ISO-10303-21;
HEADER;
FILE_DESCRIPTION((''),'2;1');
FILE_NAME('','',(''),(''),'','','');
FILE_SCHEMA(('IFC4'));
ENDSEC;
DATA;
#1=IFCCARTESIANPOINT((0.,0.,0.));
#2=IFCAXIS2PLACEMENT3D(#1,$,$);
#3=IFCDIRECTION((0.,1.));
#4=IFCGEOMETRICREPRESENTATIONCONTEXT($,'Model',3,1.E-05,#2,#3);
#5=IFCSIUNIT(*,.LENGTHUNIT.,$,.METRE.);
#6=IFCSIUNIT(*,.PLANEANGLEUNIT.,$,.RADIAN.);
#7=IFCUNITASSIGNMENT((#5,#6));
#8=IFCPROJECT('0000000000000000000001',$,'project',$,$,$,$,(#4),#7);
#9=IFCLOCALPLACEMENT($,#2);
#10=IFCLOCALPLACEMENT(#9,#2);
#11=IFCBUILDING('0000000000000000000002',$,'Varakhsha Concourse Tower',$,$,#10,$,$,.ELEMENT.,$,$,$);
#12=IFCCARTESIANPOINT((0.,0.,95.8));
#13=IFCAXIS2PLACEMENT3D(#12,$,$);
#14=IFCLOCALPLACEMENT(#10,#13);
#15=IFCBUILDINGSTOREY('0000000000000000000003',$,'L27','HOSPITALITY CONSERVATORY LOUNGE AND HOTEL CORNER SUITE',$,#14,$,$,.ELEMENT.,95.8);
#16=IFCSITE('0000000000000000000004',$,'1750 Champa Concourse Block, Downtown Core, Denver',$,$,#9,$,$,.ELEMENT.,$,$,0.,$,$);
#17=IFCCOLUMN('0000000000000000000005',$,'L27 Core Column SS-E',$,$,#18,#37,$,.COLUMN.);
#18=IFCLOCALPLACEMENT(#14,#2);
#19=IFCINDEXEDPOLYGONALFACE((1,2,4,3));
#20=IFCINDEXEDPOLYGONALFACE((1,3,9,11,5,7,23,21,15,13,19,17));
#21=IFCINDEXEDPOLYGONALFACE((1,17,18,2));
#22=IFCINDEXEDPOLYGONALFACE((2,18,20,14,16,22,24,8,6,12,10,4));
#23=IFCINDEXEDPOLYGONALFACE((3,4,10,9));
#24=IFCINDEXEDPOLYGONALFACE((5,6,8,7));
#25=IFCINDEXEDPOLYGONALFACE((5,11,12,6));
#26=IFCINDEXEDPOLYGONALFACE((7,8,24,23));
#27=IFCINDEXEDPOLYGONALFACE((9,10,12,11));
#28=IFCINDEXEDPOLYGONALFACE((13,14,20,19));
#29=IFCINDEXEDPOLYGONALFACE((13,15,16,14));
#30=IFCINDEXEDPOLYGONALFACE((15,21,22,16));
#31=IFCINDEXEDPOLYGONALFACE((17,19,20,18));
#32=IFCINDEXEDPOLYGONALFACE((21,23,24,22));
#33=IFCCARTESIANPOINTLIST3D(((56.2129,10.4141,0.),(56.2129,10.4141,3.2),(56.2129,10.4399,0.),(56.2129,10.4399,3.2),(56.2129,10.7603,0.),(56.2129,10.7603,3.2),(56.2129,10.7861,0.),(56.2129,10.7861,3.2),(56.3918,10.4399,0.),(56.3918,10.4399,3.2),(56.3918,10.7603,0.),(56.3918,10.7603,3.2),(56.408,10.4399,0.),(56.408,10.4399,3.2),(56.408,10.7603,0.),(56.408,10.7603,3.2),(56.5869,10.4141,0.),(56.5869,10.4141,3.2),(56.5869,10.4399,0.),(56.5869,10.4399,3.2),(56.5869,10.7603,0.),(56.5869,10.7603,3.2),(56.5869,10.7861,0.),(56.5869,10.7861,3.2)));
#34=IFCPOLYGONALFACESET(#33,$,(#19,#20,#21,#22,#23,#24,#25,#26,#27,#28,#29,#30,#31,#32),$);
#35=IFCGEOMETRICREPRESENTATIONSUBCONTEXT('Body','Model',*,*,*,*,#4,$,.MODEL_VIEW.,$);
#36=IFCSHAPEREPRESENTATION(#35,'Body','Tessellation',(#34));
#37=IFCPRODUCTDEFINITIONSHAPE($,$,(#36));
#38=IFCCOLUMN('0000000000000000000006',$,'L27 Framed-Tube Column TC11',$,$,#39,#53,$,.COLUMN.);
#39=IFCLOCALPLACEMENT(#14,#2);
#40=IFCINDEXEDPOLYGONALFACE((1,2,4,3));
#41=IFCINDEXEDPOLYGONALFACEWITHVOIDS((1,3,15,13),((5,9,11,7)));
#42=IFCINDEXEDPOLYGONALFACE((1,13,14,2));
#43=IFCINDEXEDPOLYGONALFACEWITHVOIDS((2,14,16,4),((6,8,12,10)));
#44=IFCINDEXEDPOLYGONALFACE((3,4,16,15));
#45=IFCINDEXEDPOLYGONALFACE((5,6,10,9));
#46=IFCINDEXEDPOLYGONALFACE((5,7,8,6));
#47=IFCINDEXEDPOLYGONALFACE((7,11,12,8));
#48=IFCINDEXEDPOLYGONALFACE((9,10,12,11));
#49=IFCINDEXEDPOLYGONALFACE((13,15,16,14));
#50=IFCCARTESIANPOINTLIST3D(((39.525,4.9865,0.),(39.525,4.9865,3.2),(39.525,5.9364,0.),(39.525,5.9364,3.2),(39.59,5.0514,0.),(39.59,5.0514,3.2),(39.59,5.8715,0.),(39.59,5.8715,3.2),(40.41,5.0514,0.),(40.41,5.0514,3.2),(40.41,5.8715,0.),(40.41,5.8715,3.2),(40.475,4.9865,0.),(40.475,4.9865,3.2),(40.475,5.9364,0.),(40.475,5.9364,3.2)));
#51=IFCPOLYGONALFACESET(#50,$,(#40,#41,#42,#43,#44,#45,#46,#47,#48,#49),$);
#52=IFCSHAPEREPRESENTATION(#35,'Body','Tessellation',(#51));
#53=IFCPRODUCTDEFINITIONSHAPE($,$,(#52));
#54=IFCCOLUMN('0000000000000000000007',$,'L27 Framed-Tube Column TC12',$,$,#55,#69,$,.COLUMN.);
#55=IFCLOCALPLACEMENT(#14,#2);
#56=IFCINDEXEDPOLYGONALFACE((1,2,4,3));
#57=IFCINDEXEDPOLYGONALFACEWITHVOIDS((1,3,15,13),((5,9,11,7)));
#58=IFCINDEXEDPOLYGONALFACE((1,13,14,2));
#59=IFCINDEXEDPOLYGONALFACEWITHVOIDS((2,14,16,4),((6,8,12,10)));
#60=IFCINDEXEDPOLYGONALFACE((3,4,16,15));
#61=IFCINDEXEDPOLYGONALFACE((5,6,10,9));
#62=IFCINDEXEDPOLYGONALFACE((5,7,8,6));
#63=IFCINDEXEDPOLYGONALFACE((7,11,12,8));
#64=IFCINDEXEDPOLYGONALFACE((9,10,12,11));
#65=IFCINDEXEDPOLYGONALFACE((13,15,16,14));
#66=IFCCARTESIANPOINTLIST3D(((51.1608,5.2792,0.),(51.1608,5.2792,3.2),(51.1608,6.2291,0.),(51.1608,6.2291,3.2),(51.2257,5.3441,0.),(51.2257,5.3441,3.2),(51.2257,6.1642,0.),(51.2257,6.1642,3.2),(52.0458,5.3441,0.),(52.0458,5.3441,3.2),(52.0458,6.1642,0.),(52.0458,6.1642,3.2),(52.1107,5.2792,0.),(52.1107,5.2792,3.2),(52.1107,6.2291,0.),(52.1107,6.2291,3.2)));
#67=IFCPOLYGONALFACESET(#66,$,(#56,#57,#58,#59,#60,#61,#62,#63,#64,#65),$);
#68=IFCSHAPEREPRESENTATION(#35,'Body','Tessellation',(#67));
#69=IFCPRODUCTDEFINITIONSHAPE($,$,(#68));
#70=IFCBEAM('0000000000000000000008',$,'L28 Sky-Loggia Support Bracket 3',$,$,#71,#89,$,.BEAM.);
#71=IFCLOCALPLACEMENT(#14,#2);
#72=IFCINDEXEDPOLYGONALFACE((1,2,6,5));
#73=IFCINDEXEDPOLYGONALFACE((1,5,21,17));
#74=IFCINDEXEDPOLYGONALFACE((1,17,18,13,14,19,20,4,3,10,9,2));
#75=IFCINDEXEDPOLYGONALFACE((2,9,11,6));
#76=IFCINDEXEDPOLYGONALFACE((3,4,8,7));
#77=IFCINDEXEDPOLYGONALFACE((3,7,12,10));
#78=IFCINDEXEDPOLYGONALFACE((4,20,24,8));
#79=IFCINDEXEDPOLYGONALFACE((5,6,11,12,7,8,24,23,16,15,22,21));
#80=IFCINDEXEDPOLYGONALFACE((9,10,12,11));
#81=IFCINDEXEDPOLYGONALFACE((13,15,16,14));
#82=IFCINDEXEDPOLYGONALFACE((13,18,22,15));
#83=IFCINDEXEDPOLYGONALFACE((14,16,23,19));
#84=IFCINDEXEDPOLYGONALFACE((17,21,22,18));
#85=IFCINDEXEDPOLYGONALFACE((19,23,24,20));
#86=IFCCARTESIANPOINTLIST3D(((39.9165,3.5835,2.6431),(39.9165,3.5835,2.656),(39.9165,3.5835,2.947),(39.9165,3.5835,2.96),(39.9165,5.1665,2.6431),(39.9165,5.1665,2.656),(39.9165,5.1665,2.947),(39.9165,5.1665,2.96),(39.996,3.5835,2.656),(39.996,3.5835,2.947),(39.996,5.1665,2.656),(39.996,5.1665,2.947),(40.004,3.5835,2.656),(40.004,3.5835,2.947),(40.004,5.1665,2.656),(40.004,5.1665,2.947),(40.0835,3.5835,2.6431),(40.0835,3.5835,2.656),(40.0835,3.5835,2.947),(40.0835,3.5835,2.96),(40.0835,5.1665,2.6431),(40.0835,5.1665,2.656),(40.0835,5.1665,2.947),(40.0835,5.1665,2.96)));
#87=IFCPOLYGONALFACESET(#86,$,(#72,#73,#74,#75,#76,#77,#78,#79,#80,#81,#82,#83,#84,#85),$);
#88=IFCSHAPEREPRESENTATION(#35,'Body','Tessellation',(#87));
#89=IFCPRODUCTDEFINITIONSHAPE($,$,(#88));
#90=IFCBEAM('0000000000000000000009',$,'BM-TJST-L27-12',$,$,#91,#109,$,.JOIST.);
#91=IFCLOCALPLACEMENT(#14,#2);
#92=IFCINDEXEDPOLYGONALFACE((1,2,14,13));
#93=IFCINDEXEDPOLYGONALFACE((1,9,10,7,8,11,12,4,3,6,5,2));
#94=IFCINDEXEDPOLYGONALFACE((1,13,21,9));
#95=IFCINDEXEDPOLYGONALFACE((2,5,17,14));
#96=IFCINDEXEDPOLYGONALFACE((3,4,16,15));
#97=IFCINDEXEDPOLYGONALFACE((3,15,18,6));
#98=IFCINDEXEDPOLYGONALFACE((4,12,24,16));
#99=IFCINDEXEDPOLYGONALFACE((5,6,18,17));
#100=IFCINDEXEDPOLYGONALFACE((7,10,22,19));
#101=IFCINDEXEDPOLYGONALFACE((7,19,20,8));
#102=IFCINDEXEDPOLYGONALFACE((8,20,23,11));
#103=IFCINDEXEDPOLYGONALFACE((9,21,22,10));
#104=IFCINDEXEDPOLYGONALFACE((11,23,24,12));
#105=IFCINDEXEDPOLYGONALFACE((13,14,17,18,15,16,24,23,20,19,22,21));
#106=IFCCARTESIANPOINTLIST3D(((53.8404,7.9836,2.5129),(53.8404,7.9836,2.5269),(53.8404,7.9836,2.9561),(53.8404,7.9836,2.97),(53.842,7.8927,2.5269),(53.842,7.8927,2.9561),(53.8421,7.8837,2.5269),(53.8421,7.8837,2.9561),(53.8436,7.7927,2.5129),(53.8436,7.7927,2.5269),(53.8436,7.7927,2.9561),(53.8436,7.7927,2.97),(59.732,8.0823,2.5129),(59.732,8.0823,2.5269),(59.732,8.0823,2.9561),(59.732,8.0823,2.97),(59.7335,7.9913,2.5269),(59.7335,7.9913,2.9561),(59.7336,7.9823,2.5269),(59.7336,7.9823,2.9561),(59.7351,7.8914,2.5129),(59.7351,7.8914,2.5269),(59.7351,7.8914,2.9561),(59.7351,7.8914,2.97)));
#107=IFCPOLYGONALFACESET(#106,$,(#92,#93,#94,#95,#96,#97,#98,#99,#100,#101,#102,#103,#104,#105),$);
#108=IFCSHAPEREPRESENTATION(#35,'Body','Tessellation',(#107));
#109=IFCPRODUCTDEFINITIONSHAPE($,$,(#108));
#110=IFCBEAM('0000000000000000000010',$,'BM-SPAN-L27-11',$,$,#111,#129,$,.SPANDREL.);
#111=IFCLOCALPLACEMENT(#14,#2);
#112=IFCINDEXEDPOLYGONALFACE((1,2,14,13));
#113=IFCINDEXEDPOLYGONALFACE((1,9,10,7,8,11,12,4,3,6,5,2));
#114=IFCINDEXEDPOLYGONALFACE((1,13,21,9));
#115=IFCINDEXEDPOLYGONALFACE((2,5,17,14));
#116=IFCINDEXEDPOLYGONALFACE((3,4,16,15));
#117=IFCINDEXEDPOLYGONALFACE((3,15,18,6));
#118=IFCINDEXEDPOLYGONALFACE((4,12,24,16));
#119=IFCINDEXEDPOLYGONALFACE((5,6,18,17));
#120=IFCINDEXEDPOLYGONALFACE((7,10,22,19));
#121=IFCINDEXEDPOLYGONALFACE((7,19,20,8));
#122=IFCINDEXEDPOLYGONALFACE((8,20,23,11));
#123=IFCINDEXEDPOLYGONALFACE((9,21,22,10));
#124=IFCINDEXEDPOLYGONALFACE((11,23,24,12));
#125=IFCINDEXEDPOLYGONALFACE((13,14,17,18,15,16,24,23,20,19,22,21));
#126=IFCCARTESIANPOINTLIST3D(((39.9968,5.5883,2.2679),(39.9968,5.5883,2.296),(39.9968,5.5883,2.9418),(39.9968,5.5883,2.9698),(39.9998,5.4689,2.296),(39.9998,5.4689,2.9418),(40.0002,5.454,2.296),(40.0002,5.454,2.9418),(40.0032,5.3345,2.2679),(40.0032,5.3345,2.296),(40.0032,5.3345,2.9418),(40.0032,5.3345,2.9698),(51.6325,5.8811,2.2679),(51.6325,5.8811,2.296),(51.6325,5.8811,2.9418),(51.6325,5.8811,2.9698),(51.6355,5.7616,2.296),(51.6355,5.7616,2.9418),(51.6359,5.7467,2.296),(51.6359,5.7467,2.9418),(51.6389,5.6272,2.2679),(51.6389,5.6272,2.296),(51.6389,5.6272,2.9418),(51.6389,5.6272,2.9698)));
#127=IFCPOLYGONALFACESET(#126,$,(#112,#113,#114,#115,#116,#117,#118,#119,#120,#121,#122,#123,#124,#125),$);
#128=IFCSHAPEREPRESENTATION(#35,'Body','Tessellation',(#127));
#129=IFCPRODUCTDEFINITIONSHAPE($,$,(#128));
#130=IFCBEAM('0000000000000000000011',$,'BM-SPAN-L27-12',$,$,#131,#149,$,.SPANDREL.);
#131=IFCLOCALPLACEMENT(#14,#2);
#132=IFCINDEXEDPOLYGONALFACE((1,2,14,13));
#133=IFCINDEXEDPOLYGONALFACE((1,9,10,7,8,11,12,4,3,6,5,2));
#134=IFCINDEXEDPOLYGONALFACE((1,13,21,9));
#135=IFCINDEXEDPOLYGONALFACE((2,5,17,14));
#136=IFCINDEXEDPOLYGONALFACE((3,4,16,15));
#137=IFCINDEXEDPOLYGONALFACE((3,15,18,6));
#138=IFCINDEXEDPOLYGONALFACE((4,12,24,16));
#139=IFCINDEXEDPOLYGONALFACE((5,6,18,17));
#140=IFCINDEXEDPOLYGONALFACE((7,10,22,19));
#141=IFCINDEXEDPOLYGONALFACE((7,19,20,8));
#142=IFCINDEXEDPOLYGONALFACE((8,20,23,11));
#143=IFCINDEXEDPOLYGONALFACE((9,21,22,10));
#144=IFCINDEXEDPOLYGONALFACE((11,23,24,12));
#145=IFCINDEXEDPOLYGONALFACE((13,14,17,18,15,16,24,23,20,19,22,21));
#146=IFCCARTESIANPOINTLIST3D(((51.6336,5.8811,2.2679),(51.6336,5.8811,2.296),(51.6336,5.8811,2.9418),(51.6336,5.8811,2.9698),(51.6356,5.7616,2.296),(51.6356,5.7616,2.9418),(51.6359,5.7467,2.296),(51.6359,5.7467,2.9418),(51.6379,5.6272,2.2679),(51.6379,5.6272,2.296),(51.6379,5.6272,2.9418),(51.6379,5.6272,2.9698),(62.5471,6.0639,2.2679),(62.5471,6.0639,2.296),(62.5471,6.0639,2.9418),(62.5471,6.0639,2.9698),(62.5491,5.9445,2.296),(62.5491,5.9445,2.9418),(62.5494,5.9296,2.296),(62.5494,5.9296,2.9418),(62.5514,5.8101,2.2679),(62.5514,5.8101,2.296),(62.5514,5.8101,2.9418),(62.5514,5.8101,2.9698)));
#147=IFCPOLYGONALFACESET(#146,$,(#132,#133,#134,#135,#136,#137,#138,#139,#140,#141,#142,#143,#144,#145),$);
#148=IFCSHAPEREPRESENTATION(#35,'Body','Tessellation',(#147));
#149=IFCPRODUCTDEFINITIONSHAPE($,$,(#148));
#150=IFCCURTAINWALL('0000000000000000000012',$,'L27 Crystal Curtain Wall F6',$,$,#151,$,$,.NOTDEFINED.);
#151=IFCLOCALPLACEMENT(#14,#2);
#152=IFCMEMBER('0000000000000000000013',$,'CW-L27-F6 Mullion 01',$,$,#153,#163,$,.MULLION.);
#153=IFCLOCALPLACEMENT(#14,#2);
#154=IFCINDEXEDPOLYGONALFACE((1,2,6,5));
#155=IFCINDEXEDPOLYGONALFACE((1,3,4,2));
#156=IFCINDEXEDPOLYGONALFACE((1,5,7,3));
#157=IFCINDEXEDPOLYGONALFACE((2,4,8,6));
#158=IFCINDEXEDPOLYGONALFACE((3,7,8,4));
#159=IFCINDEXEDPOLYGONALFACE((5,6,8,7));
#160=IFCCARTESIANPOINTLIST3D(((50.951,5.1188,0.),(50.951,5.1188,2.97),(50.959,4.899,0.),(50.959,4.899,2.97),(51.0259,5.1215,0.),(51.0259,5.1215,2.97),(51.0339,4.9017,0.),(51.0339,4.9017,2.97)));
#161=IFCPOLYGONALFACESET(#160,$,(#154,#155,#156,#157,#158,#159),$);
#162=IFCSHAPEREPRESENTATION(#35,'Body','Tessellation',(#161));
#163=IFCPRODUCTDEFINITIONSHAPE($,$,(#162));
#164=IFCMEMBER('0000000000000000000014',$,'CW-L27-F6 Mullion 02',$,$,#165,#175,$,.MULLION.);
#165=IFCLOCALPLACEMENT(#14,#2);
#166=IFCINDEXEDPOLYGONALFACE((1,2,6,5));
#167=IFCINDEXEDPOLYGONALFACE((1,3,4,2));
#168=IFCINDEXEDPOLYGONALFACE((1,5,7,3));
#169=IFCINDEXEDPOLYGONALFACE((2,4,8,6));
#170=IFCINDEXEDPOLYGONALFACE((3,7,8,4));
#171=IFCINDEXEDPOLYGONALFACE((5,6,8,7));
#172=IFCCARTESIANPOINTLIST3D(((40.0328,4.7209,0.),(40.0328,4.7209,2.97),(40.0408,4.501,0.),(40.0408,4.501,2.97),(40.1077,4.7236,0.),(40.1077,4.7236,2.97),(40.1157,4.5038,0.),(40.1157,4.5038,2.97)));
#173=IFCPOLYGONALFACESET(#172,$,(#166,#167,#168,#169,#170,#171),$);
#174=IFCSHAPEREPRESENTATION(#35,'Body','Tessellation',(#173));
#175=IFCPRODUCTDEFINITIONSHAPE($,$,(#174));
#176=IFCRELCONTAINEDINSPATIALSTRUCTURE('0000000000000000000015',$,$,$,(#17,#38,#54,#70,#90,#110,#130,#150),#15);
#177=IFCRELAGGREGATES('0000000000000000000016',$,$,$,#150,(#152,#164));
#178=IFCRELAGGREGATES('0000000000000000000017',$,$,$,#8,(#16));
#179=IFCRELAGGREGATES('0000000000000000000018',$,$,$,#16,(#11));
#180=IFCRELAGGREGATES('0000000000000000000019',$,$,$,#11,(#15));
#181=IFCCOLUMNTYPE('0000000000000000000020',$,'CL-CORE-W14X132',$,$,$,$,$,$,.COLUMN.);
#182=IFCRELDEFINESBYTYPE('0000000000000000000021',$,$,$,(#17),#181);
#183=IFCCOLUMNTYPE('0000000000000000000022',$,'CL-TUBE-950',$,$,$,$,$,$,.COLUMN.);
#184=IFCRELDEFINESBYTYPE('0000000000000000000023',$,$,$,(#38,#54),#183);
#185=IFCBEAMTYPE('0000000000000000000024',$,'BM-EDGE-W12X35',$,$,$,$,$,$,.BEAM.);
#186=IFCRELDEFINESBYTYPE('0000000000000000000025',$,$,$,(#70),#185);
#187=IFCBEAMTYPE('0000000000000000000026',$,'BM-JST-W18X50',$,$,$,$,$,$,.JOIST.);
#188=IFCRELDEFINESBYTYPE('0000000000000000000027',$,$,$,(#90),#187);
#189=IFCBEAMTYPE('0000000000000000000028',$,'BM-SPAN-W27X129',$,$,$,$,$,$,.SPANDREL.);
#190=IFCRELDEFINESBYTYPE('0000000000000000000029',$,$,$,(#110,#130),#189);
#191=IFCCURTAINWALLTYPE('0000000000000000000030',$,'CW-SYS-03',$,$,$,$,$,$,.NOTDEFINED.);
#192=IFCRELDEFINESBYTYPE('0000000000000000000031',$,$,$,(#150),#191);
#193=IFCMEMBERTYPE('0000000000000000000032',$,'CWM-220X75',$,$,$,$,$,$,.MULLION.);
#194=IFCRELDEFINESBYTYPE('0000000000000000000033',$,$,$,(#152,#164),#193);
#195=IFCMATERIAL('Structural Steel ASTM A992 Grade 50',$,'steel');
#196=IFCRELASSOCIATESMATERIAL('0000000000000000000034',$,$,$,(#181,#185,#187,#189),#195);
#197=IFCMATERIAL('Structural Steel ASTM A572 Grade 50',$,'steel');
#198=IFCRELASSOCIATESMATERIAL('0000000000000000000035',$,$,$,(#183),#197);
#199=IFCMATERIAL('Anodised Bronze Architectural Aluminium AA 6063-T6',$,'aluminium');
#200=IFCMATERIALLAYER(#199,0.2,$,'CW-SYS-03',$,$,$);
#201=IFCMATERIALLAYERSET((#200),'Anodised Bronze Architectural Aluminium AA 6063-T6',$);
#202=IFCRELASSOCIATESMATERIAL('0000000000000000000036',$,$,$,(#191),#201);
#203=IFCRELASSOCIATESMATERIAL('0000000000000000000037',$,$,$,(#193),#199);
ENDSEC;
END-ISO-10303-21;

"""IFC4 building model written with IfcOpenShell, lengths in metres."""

from ifc_helpers import new_model, si_unit, direction, frame, origin, origin_2d, place, context, subcontext, project, spatial, rectangle, hollow_rectangle, i_section, extrude, source, transform, mapped, material, layer, layer_set, material_profile, profile_set, type_object, type_shapes, element, aggregate, save


model = new_model("IFC4")

# Units and contexts
model_context = context("Model", 3, precision=1e-05, world=origin(), true_north=direction((0.0, 1.0)))
body_context = subcontext(model_context, "Body", "Model", "MODEL_VIEW")
ifc_project = project(units=[si_unit("LENGTHUNIT", "METRE"), si_unit("PLANEANGLEUNIT", "RADIAN")], contexts=[model_context])

# Site, building, storey
site_placement = place(None, origin())
site = spatial("IfcSite", under=ifc_project, at=site_placement, Name="1750 Champa Concourse Block, Downtown Core, Denver", CompositionType="ELEMENT", RefElevation=0.0)
building_placement = place(site_placement, origin())
building = spatial("IfcBuilding", under=site, at=building_placement, Name="Varakhsha Concourse Tower", CompositionType="ELEMENT")
storey_placement = place(building_placement, frame((0.0, 0.0, 95.8)))
storey = spatial("IfcBuildingStorey", under=building, at=storey_placement, Name="L27", Description="HOSPITALITY CONSERVATORY LOUNGE AND HOTEL CORNER SUITE", CompositionType="ELEMENT", Elevation=95.8)

# Columns
ifc_material_1 = material(Name="Structural Steel ASTM A992 Grade 50", Category="steel")
ifc_material_profile_1 = material_profile(ifc_material_1, i_section(OverallWidth=0.374, OverallDepth=0.3721, WebThickness=0.0161, FlangeThickness=0.0259, at=origin_2d()), Name="W14X132")
ifc_profile_set_1 = profile_set([ifc_material_profile_1], Name="Structural Steel ASTM A992 Grade 50")
column_type_1 = type_object("IfcColumnType", Name="CL-CORE-W14X132", PredefinedType="COLUMN", material=ifc_profile_set_1)
column_placement = place(storey_placement, frame((56.3999, 10.6001, 0.0), z_axis=(0.0, 0.0, 1.0), x_axis=(1.0, 0.0, 0.0)))
element("IfcColumn", 1, at=column_placement, inside=storey, type_object=column_type_1, Name="L27 Core Column SS-E", PredefinedType="COLUMN", context=body_context, shape_type="SweptSolid", body=[
    extrude(i_section(OverallWidth=0.374, OverallDepth=0.3721, WebThickness=0.0161, FlangeThickness=0.0259, at=origin_2d()), origin(), (0.0, 0.0, 1.0), 3.2),
])
ifc_material_2 = material(Name="Structural Steel ASTM A572 Grade 50", Category="steel")
ifc_material_profile_2 = material_profile(ifc_material_2, hollow_rectangle(XDim=0.95, YDim=0.95, WallThickness=0.0649, at=origin_2d()), Name="BOX 950x950x65")
ifc_profile_set_2 = profile_set([ifc_material_profile_2], Name="Structural Steel ASTM A572 Grade 50")
column_type_2 = type_object("IfcColumnType", Name="CL-TUBE-950", PredefinedType="COLUMN", material=ifc_profile_set_2)
for number, where, z_axis, x_axis, name in (
    (2, (40.0, 5.4614, 0.0), (0.0, 0.0, 1.0), (1.0, 0.0, 0.0), "L27 Framed-Tube Column TC11"),
    (3, (51.6357, 5.7542, 0.0), (0.0, 0.0, 1.0), (1.0, 0.0, 0.0), "L27 Framed-Tube Column TC12"),
):
    element("IfcColumn", number, at=place(storey_placement, frame(where, z_axis=z_axis, x_axis=x_axis)), inside=storey, type_object=column_type_2, Name=name, PredefinedType="COLUMN", context=body_context, shape_type="SweptSolid", body=[
        extrude(hollow_rectangle(XDim=0.95, YDim=0.95, WallThickness=0.0649, at=origin_2d()), origin(), (0.0, 0.0, 1.0), 3.2),
    ])

# Beams
ifc_material_profile_3 = material_profile(ifc_material_1, i_section(OverallWidth=0.167, OverallDepth=0.3169, WebThickness=0.0081, FlangeThickness=0.0129, at=origin_2d()), Name="W12X35")
ifc_profile_set_3 = profile_set([ifc_material_profile_3], Name="Structural Steel ASTM A992 Grade 50")
beam_type_1 = type_object("IfcBeamType", Name="BM-EDGE-W12X35", PredefinedType="BEAM", material=ifc_profile_set_3)
beam_1_placement = place(storey_placement, frame((40.0, 5.1665, 2.8015), z_axis=(0.0, -1.0, 0.0), x_axis=(1.0, 0.0, 0.0)))
element("IfcBeam", 4, at=beam_1_placement, inside=storey, type_object=beam_type_1, Name="L28 Sky-Loggia Support Bracket 3", PredefinedType="BEAM", context=body_context, shape_type="SweptSolid", body=[
    extrude(i_section(OverallWidth=0.167, OverallDepth=0.3169, WebThickness=0.0081, FlangeThickness=0.0129, at=origin_2d()), origin(), (0.0, 0.0, 1.0), 1.583),
])
ifc_material_profile_4 = material_profile(ifc_material_1, i_section(OverallWidth=0.1909, OverallDepth=0.457, WebThickness=0.009, FlangeThickness=0.0139, at=origin_2d()), Name="W18X50")
ifc_profile_set_4 = profile_set([ifc_material_profile_4], Name="Structural Steel ASTM A992 Grade 50")
beam_type_2 = type_object("IfcBeamType", Name="BM-JST-W18X50", PredefinedType="JOIST", material=ifc_profile_set_4)
beam_2_placement = place(storey_placement, frame((53.842, 7.8882, 2.7415), z_axis=(0.99986, 0.016739, 0.0), x_axis=(-0.016739, 0.99986, 0.0)))
element("IfcBeam", 5, at=beam_2_placement, inside=storey, type_object=beam_type_2, Name="BM-TJST-L27-12", PredefinedType="JOIST", context=body_context, shape_type="SweptSolid", body=[
    extrude(i_section(OverallWidth=0.1909, OverallDepth=0.457, WebThickness=0.009, FlangeThickness=0.0139, at=origin_2d()), origin(), (0.0, 0.0, 1.0), 5.8923),
])
ifc_material_profile_5 = material_profile(ifc_material_1, i_section(OverallWidth=0.2539, OverallDepth=0.7019, WebThickness=0.0149, FlangeThickness=0.0281, at=origin_2d()), Name="W27X129")
ifc_profile_set_5 = profile_set([ifc_material_profile_5], Name="Structural Steel ASTM A992 Grade 50")
beam_type_3 = type_object("IfcBeamType", Name="BM-SPAN-W27X129", PredefinedType="SPANDREL", material=ifc_profile_set_5)
beam_3_placement = place(storey_placement, frame((40.0, 5.4614, 2.6189), z_axis=(0.999684, 0.025149, 0.0), x_axis=(-0.025149, 0.999684, 0.0)))
element("IfcBeam", 6, at=beam_3_placement, inside=storey, type_object=beam_type_3, Name="BM-SPAN-L27-11", PredefinedType="SPANDREL", context=body_context, shape_type="SweptSolid", body=[
    extrude(i_section(OverallWidth=0.2539, OverallDepth=0.7019, WebThickness=0.0149, FlangeThickness=0.0281, at=origin_2d()), origin(), (0.0, 0.0, 1.0), 11.6394),
])
beam_4_placement = place(storey_placement, frame((51.6357, 5.7542, 2.6189), z_axis=(0.99986, 0.016753, 0.0), x_axis=(-0.016753, 0.99986, 0.0)))
element("IfcBeam", 7, at=beam_4_placement, inside=storey, type_object=beam_type_3, Name="BM-SPAN-L27-12", PredefinedType="SPANDREL", context=body_context, shape_type="SweptSolid", body=[
    extrude(i_section(OverallWidth=0.2539, OverallDepth=0.7019, WebThickness=0.0149, FlangeThickness=0.0281, at=origin_2d()), origin(), (0.0, 0.0, 1.0), 10.915),
])

# Curtain wall, members
ifc_material_3 = material(Name="Anodised Bronze Architectural Aluminium AA 6063-T6", Category="aluminium")
ifc_layer_1 = layer(ifc_material_3, 0.2, Name="CW-SYS-03")
ifc_layer_set_1 = layer_set([ifc_layer_1], Name="Anodised Bronze Architectural Aluminium AA 6063-T6")
curtain_wall_type = type_object("IfcCurtainWallType", Name="CW-SYS-03", PredefinedType="NOTDEFINED", material=ifc_layer_set_1)
curtain_wall_placement = place(storey_placement, origin())
curtain_wall = element("IfcCurtainWall", 8, at=curtain_wall_placement, inside=storey, type_object=curtain_wall_type, Name="L27 Crystal Curtain Wall F6", PredefinedType="NOTDEFINED")
ifc_material_profile_6 = material_profile(ifc_material_3, rectangle(XDim=0.075, YDim=0.22, at=origin_2d()), Name="CWM-220X75")
ifc_profile_set_6 = profile_set([ifc_material_profile_6], Name="Anodised Bronze Architectural Aluminium AA 6063-T6")
member_type = type_object("IfcMemberType", Name="CWM-220X75", PredefinedType="MULLION", material=ifc_profile_set_6)
shared_shape_1 = source(origin(), body_context, "Body", "SweptSolid", [
    extrude(rectangle(XDim=0.075, YDim=0.22, at=origin_2d()), origin(), (0.0, 0.0, 1.0), 2.97),
])
type_shapes(member_type, [shared_shape_1])
member_1_placement = place(storey_placement, frame((50.9924, 5.0103, 0.0), z_axis=(0.0, 0.0, 1.0), x_axis=(-0.999336, -0.036424, 0.0)))
member_1 = element("IfcMember", 9, at=member_1_placement, type_object=member_type, Name="CW-L27-F6 Mullion 01", PredefinedType="MULLION", context=body_context, shape_type="MappedRepresentation", body=[
    mapped(shared_shape_1, transform((0.0, 0.0, 0.0), scale=1.0)),
])
member_2_placement = place(storey_placement, frame((40.0742, 4.6123, 0.0), z_axis=(0.0, 0.0, 1.0), x_axis=(-0.999336, -0.036424, 0.0)))
member_2 = element("IfcMember", 10, at=member_2_placement, type_object=member_type, Name="CW-L27-F6 Mullion 02", PredefinedType="MULLION", context=body_context, shape_type="MappedRepresentation", body=[
    mapped(shared_shape_1, transform((0.0, 0.0, 0.0), scale=1.0)),
])
aggregate(curtain_wall, [member_1, member_2])

save(model, "model.ifc")
